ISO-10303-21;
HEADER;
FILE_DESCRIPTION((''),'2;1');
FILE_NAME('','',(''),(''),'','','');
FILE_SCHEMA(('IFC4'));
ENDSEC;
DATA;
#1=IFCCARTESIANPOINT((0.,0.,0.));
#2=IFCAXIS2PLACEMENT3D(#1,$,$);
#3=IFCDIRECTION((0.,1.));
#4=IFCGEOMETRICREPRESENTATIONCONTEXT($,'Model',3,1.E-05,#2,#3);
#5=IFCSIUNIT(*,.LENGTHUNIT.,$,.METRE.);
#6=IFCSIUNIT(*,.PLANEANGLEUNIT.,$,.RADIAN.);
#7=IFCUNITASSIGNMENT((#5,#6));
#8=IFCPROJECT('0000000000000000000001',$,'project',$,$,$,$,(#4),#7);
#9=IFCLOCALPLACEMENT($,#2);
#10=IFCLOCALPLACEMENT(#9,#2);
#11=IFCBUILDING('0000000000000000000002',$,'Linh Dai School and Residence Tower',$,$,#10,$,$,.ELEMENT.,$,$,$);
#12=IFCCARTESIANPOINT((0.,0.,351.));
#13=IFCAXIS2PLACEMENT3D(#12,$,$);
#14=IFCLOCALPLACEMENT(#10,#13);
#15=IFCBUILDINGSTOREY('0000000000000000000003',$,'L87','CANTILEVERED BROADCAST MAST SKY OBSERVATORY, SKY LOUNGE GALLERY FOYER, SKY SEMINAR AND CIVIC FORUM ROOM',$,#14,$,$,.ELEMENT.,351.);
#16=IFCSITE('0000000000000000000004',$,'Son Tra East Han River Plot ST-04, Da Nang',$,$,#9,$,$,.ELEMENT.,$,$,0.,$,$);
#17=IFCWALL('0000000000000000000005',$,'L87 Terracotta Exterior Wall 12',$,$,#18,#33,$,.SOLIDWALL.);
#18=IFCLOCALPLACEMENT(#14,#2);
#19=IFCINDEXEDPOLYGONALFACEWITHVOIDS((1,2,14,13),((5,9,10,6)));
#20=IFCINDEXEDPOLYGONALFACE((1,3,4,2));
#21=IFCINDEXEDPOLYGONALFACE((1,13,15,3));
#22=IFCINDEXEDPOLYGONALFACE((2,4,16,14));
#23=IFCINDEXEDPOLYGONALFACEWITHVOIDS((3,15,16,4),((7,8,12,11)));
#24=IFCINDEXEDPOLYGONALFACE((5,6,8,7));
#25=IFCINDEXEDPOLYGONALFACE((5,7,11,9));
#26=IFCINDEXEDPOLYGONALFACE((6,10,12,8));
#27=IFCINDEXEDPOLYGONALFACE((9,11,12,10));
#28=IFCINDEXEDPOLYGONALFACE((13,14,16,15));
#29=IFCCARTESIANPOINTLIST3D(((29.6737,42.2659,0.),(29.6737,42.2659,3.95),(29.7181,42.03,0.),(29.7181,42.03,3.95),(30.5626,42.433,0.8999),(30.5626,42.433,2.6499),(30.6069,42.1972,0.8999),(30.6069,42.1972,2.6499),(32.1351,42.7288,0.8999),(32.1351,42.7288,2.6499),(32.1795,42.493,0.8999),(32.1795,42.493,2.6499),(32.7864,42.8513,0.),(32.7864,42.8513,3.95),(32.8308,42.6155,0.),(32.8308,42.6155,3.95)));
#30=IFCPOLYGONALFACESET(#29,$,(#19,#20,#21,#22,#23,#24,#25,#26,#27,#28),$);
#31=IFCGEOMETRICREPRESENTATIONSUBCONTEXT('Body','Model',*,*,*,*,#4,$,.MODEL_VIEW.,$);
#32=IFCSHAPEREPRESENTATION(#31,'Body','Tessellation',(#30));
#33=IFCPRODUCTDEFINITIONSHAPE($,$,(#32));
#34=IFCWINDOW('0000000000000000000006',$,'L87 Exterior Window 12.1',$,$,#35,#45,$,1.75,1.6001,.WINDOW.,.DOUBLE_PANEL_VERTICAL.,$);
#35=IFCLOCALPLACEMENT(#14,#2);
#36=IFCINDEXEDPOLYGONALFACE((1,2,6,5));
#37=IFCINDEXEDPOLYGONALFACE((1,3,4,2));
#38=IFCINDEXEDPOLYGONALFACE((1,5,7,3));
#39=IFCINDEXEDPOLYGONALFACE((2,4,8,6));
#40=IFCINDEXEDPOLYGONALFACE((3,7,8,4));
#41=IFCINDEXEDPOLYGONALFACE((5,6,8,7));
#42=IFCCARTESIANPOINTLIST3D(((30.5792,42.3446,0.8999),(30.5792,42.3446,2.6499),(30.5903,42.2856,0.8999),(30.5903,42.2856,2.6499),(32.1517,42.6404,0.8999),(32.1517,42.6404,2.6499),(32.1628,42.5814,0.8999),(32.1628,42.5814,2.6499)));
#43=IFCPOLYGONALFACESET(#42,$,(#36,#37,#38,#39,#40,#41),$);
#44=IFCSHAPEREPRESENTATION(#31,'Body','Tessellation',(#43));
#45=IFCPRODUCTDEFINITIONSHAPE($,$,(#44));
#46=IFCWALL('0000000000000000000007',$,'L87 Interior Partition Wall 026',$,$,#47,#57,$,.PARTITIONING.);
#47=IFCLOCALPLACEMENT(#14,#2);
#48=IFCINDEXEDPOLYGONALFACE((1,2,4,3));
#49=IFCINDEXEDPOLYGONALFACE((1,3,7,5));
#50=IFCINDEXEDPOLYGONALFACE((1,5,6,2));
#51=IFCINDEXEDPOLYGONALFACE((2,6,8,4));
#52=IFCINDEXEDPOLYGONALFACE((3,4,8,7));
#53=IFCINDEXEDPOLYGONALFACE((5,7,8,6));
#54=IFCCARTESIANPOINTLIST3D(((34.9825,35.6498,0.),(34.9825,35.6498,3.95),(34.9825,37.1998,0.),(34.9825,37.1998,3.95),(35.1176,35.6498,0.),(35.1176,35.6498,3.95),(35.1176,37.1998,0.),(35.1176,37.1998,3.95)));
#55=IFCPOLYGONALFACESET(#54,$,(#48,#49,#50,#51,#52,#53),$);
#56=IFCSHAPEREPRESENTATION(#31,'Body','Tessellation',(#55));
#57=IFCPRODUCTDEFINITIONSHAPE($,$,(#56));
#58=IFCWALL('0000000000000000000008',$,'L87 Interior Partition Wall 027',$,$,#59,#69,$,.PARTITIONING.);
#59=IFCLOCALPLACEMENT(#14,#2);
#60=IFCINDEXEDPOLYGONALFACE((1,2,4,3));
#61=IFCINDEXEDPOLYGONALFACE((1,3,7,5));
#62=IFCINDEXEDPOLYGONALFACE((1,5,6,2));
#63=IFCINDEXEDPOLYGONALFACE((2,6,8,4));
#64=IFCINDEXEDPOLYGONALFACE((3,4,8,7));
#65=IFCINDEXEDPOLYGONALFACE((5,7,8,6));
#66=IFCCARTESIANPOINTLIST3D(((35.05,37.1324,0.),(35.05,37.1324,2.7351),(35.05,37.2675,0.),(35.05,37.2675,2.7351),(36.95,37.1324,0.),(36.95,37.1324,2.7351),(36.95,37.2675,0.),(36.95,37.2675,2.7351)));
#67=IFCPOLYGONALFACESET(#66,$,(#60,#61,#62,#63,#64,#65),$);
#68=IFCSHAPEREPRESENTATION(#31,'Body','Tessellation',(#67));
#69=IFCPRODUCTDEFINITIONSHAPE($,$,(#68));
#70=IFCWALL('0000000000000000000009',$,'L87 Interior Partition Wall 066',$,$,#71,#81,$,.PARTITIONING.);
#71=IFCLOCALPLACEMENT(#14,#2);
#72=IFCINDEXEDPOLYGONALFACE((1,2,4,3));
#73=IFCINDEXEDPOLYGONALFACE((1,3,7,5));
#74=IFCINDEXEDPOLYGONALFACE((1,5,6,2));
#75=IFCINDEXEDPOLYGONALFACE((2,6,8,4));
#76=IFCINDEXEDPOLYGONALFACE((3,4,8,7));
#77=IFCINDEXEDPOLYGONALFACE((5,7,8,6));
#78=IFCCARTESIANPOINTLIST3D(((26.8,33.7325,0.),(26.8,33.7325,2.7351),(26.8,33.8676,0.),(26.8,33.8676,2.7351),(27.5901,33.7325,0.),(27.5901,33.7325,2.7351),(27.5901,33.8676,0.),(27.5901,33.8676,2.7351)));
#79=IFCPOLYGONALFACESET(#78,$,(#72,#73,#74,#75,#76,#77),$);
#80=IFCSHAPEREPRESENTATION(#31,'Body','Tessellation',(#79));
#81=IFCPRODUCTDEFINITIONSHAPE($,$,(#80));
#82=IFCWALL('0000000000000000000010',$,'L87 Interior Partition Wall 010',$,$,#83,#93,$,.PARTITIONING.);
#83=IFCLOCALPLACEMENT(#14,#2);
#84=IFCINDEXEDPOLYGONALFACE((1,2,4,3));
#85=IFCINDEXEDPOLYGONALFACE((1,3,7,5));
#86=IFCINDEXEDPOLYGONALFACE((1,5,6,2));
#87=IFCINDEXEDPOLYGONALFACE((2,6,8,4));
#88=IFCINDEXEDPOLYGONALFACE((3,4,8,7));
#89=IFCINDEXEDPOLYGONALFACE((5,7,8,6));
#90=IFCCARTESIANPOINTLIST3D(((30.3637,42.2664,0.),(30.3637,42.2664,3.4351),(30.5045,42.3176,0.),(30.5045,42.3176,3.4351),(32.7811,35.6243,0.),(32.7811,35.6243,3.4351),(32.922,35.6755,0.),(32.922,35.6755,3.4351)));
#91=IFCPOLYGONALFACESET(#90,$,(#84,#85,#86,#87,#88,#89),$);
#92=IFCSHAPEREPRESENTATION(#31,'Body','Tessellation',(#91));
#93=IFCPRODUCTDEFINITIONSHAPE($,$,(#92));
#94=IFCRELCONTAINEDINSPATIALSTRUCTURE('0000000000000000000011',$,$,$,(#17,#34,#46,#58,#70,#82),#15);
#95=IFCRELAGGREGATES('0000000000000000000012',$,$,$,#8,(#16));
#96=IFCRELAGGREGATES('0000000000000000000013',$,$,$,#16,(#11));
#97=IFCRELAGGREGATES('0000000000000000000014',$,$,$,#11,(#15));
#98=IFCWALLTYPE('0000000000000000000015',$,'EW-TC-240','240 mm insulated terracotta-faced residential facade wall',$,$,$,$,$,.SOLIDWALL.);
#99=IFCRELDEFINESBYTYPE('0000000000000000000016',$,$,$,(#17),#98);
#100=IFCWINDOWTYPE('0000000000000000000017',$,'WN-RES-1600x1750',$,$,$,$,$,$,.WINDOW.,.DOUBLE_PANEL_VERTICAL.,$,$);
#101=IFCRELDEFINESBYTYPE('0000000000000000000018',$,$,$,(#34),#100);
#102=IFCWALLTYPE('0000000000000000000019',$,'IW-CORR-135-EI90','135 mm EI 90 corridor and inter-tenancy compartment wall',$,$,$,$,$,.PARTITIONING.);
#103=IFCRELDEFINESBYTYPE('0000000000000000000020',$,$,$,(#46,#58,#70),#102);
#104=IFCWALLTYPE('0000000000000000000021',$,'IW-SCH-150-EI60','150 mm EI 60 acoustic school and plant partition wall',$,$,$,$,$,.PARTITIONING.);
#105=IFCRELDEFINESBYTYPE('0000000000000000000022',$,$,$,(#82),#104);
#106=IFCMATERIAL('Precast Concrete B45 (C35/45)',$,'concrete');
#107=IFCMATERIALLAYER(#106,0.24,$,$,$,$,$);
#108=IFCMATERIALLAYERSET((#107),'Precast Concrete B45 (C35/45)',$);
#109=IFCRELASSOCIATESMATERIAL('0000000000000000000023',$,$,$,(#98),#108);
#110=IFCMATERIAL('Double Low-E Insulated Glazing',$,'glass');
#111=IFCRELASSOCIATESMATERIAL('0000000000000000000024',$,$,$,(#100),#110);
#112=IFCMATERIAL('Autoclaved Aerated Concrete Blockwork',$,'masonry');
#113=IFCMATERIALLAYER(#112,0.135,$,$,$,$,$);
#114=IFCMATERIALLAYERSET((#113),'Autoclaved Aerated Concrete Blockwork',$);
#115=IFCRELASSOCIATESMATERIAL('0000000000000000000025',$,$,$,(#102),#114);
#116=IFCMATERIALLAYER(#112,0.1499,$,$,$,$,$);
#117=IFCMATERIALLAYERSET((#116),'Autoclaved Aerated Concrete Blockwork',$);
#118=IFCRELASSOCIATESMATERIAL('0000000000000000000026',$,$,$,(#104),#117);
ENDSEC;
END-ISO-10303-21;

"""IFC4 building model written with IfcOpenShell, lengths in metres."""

from ifc_helpers import new_model, si_unit, direction, frame, frame_2d, origin, origin_2d, place, context, subcontext, project, spatial, rectangle, extrude, source, transform, mapped, material, layer, layer_set, type_object, element, fill, save


model = new_model("IFC4")

# Units and contexts
model_context = context("Model", 3, precision=1e-05, world=origin(), true_north=direction((0.0, 1.0)))
body_context = subcontext(model_context, "Body", "Model", "MODEL_VIEW")
ifc_project = project(units=[si_unit("LENGTHUNIT", "METRE"), si_unit("PLANEANGLEUNIT", "RADIAN")], contexts=[model_context])

# Site, building, storey
site_placement = place(None, origin())
site = spatial("IfcSite", under=ifc_project, at=site_placement, Name="Son Tra East Han River Plot ST-04, Da Nang", CompositionType="ELEMENT", RefElevation=0.0)
building_placement = place(site_placement, origin())
building = spatial("IfcBuilding", under=site, at=building_placement, Name="Linh Dai School and Residence Tower", CompositionType="ELEMENT")
storey_placement = place(building_placement, frame((0.0, 0.0, 351.0)))
storey = spatial("IfcBuildingStorey", under=building, at=storey_placement, Name="L87", Description="CANTILEVERED BROADCAST MAST SKY OBSERVATORY, SKY LOUNGE GALLERY FOYER, SKY SEMINAR AND CIVIC FORUM ROOM", CompositionType="ELEMENT", Elevation=351.0)

# Wall, opening, window
ifc_material_1 = material(Name="Precast Concrete B45 (C35/45)", Category="concrete")
ifc_layer_1 = layer(ifc_material_1, 0.24)
ifc_layer_set_1 = layer_set([ifc_layer_1], Name="Precast Concrete B45 (C35/45)")
wall_type_1 = type_object("IfcWallType", Name="EW-TC-240", Description="240 mm insulated terracotta-faced residential facade wall", PredefinedType="SOLIDWALL", material=ifc_layer_set_1)
ifc_material_2 = material(Name="Double Low-E Insulated Glazing", Category="glass")
window_type = type_object("IfcWindowType", Name="WN-RES-1600x1750", PartitioningType="DOUBLE_PANEL_VERTICAL", PredefinedType="WINDOW", material=ifc_material_2)
shared_shape_1 = source(origin(), body_context, "Body", "SweptSolid", [
    extrude(rectangle(XDim=1.6001, YDim=1.75, at=origin_2d()), frame((0.8, 0.03, 0.875), z_axis=(0.0, -1.0, 0.0), x_axis=(1.0, 0.0, 0.0)), (0.0, 0.0, 1.0), 0.0601),
])
wall_1_placement = place(storey_placement, frame((29.696, 42.1479, 0.0), z_axis=(0.0, 0.0, 1.0), x_axis=(0.982766, 0.184852, 0.0)))
wall_1 = element("IfcWall", 1, at=wall_1_placement, inside=storey, type_object=wall_type_1, Name="L87 Terracotta Exterior Wall 12", PredefinedType="SOLIDWALL", context=body_context, shape_type="SweptSolid", body=[
    extrude(rectangle(XDim=3.1672, YDim=0.24, at=frame_2d((1.5835, 0.0))), origin(), (0.0, 0.0, 1.0), 3.95),
])
opening_1_placement = place(wall_1_placement, frame((0.9043, 0.0, 0.8999)))
opening_1 = element("IfcOpeningElement", 2, at=opening_1_placement, cuts=wall_1, PredefinedType="OPENING", context=body_context, shape_type="SweptSolid", body=[
    extrude(rectangle(XDim=1.6001, YDim=1.75, at=origin_2d()), frame((0.8, 0.1299, 0.875), z_axis=(0.0, -1.0, 0.0), x_axis=(1.0, 0.0, 0.0)), (0.0, 0.0, 1.0), 0.26),
])
window_1_placement = place(opening_1_placement, origin())
window_1 = element("IfcWindow", 3, at=window_1_placement, inside=storey, type_object=window_type, Name="L87 Exterior Window 12.1", OverallHeight=1.75, OverallWidth=1.6001, PartitioningType="DOUBLE_PANEL_VERTICAL", PredefinedType="WINDOW", context=body_context, shape_type="MappedRepresentation", body=[
    mapped(shared_shape_1, transform((0.0, 0.0, 0.0), x_axis=(1.0, 0.0, 0.0), y_axis=(0.0, 1.0, 0.0), z_axis=(0.0, 0.0, 1.0), scale=1.0)),
])
fill(opening_1, window_1)

# Walls
ifc_material_3 = material(Name="Autoclaved Aerated Concrete Blockwork", Category="masonry")
ifc_layer_2 = layer(ifc_material_3, 0.135)
ifc_layer_set_2 = layer_set([ifc_layer_2], Name="Autoclaved Aerated Concrete Blockwork")
wall_type_2 = type_object("IfcWallType", Name="IW-CORR-135-EI90", Description="135 mm EI 90 corridor and inter-tenancy compartment wall", PredefinedType="PARTITIONING", material=ifc_layer_set_2)
wall_2_placement = place(storey_placement, frame((35.05, 35.6499, 0.0), z_axis=(0.0, 0.0, 1.0), x_axis=(0.0, 1.0, 0.0)))
element("IfcWall", 4, at=wall_2_placement, inside=storey, type_object=wall_type_2, Name="L87 Interior Partition Wall 026", PredefinedType="PARTITIONING", context=body_context, shape_type="SweptSolid", body=[
    extrude(rectangle(XDim=1.55, YDim=0.135, at=frame_2d((0.7749, 0.0))), origin(), (0.0, 0.0, 1.0), 3.95),
])
wall_3_placement = place(storey_placement, frame((35.05, 37.2, 0.0), z_axis=(0.0, 0.0, 1.0), x_axis=(1.0, 0.0, 0.0)))
element("IfcWall", 5, at=wall_3_placement, inside=storey, type_object=wall_type_2, Name="L87 Interior Partition Wall 027", PredefinedType="PARTITIONING", context=body_context, shape_type="SweptSolid", body=[
    extrude(rectangle(XDim=1.8999, YDim=0.135, at=frame_2d((0.95, 0.0))), origin(), (0.0, 0.0, 1.0), 2.7351),
])
wall_4_placement = place(storey_placement, frame((27.5901, 33.8, 0.0), z_axis=(0.0, 0.0, 1.0), x_axis=(-1.0, 0.0, 0.0)))
element("IfcWall", 6, at=wall_4_placement, inside=storey, type_object=wall_type_2, Name="L87 Interior Partition Wall 066", PredefinedType="PARTITIONING", context=body_context, shape_type="SweptSolid", body=[
    extrude(rectangle(XDim=0.79, YDim=0.135, at=frame_2d((0.395, 0.0))), origin(), (0.0, 0.0, 1.0), 2.7351),
])
ifc_layer_3 = layer(ifc_material_3, 0.1499)
ifc_layer_set_3 = layer_set([ifc_layer_3], Name="Autoclaved Aerated Concrete Blockwork")
wall_type_3 = type_object("IfcWallType", Name="IW-SCH-150-EI60", Description="150 mm EI 60 acoustic school and plant partition wall", PredefinedType="PARTITIONING", material=ifc_layer_set_3)
wall_5_placement = place(storey_placement, frame((30.4341, 42.292, 0.0), z_axis=(0.0, 0.0, 1.0), x_axis=(0.342015, -0.939695, 0.0)))
element("IfcWall", 7, at=wall_5_placement, inside=storey, type_object=wall_type_3, Name="L87 Interior Partition Wall 010", PredefinedType="PARTITIONING", context=body_context, shape_type="SweptSolid", body=[
    extrude(rectangle(XDim=7.0684, YDim=0.1499, at=frame_2d((3.5342, 0.0))), origin(), (0.0, 0.0, 1.0), 3.4351),
])

save(model, "model.ifc")
